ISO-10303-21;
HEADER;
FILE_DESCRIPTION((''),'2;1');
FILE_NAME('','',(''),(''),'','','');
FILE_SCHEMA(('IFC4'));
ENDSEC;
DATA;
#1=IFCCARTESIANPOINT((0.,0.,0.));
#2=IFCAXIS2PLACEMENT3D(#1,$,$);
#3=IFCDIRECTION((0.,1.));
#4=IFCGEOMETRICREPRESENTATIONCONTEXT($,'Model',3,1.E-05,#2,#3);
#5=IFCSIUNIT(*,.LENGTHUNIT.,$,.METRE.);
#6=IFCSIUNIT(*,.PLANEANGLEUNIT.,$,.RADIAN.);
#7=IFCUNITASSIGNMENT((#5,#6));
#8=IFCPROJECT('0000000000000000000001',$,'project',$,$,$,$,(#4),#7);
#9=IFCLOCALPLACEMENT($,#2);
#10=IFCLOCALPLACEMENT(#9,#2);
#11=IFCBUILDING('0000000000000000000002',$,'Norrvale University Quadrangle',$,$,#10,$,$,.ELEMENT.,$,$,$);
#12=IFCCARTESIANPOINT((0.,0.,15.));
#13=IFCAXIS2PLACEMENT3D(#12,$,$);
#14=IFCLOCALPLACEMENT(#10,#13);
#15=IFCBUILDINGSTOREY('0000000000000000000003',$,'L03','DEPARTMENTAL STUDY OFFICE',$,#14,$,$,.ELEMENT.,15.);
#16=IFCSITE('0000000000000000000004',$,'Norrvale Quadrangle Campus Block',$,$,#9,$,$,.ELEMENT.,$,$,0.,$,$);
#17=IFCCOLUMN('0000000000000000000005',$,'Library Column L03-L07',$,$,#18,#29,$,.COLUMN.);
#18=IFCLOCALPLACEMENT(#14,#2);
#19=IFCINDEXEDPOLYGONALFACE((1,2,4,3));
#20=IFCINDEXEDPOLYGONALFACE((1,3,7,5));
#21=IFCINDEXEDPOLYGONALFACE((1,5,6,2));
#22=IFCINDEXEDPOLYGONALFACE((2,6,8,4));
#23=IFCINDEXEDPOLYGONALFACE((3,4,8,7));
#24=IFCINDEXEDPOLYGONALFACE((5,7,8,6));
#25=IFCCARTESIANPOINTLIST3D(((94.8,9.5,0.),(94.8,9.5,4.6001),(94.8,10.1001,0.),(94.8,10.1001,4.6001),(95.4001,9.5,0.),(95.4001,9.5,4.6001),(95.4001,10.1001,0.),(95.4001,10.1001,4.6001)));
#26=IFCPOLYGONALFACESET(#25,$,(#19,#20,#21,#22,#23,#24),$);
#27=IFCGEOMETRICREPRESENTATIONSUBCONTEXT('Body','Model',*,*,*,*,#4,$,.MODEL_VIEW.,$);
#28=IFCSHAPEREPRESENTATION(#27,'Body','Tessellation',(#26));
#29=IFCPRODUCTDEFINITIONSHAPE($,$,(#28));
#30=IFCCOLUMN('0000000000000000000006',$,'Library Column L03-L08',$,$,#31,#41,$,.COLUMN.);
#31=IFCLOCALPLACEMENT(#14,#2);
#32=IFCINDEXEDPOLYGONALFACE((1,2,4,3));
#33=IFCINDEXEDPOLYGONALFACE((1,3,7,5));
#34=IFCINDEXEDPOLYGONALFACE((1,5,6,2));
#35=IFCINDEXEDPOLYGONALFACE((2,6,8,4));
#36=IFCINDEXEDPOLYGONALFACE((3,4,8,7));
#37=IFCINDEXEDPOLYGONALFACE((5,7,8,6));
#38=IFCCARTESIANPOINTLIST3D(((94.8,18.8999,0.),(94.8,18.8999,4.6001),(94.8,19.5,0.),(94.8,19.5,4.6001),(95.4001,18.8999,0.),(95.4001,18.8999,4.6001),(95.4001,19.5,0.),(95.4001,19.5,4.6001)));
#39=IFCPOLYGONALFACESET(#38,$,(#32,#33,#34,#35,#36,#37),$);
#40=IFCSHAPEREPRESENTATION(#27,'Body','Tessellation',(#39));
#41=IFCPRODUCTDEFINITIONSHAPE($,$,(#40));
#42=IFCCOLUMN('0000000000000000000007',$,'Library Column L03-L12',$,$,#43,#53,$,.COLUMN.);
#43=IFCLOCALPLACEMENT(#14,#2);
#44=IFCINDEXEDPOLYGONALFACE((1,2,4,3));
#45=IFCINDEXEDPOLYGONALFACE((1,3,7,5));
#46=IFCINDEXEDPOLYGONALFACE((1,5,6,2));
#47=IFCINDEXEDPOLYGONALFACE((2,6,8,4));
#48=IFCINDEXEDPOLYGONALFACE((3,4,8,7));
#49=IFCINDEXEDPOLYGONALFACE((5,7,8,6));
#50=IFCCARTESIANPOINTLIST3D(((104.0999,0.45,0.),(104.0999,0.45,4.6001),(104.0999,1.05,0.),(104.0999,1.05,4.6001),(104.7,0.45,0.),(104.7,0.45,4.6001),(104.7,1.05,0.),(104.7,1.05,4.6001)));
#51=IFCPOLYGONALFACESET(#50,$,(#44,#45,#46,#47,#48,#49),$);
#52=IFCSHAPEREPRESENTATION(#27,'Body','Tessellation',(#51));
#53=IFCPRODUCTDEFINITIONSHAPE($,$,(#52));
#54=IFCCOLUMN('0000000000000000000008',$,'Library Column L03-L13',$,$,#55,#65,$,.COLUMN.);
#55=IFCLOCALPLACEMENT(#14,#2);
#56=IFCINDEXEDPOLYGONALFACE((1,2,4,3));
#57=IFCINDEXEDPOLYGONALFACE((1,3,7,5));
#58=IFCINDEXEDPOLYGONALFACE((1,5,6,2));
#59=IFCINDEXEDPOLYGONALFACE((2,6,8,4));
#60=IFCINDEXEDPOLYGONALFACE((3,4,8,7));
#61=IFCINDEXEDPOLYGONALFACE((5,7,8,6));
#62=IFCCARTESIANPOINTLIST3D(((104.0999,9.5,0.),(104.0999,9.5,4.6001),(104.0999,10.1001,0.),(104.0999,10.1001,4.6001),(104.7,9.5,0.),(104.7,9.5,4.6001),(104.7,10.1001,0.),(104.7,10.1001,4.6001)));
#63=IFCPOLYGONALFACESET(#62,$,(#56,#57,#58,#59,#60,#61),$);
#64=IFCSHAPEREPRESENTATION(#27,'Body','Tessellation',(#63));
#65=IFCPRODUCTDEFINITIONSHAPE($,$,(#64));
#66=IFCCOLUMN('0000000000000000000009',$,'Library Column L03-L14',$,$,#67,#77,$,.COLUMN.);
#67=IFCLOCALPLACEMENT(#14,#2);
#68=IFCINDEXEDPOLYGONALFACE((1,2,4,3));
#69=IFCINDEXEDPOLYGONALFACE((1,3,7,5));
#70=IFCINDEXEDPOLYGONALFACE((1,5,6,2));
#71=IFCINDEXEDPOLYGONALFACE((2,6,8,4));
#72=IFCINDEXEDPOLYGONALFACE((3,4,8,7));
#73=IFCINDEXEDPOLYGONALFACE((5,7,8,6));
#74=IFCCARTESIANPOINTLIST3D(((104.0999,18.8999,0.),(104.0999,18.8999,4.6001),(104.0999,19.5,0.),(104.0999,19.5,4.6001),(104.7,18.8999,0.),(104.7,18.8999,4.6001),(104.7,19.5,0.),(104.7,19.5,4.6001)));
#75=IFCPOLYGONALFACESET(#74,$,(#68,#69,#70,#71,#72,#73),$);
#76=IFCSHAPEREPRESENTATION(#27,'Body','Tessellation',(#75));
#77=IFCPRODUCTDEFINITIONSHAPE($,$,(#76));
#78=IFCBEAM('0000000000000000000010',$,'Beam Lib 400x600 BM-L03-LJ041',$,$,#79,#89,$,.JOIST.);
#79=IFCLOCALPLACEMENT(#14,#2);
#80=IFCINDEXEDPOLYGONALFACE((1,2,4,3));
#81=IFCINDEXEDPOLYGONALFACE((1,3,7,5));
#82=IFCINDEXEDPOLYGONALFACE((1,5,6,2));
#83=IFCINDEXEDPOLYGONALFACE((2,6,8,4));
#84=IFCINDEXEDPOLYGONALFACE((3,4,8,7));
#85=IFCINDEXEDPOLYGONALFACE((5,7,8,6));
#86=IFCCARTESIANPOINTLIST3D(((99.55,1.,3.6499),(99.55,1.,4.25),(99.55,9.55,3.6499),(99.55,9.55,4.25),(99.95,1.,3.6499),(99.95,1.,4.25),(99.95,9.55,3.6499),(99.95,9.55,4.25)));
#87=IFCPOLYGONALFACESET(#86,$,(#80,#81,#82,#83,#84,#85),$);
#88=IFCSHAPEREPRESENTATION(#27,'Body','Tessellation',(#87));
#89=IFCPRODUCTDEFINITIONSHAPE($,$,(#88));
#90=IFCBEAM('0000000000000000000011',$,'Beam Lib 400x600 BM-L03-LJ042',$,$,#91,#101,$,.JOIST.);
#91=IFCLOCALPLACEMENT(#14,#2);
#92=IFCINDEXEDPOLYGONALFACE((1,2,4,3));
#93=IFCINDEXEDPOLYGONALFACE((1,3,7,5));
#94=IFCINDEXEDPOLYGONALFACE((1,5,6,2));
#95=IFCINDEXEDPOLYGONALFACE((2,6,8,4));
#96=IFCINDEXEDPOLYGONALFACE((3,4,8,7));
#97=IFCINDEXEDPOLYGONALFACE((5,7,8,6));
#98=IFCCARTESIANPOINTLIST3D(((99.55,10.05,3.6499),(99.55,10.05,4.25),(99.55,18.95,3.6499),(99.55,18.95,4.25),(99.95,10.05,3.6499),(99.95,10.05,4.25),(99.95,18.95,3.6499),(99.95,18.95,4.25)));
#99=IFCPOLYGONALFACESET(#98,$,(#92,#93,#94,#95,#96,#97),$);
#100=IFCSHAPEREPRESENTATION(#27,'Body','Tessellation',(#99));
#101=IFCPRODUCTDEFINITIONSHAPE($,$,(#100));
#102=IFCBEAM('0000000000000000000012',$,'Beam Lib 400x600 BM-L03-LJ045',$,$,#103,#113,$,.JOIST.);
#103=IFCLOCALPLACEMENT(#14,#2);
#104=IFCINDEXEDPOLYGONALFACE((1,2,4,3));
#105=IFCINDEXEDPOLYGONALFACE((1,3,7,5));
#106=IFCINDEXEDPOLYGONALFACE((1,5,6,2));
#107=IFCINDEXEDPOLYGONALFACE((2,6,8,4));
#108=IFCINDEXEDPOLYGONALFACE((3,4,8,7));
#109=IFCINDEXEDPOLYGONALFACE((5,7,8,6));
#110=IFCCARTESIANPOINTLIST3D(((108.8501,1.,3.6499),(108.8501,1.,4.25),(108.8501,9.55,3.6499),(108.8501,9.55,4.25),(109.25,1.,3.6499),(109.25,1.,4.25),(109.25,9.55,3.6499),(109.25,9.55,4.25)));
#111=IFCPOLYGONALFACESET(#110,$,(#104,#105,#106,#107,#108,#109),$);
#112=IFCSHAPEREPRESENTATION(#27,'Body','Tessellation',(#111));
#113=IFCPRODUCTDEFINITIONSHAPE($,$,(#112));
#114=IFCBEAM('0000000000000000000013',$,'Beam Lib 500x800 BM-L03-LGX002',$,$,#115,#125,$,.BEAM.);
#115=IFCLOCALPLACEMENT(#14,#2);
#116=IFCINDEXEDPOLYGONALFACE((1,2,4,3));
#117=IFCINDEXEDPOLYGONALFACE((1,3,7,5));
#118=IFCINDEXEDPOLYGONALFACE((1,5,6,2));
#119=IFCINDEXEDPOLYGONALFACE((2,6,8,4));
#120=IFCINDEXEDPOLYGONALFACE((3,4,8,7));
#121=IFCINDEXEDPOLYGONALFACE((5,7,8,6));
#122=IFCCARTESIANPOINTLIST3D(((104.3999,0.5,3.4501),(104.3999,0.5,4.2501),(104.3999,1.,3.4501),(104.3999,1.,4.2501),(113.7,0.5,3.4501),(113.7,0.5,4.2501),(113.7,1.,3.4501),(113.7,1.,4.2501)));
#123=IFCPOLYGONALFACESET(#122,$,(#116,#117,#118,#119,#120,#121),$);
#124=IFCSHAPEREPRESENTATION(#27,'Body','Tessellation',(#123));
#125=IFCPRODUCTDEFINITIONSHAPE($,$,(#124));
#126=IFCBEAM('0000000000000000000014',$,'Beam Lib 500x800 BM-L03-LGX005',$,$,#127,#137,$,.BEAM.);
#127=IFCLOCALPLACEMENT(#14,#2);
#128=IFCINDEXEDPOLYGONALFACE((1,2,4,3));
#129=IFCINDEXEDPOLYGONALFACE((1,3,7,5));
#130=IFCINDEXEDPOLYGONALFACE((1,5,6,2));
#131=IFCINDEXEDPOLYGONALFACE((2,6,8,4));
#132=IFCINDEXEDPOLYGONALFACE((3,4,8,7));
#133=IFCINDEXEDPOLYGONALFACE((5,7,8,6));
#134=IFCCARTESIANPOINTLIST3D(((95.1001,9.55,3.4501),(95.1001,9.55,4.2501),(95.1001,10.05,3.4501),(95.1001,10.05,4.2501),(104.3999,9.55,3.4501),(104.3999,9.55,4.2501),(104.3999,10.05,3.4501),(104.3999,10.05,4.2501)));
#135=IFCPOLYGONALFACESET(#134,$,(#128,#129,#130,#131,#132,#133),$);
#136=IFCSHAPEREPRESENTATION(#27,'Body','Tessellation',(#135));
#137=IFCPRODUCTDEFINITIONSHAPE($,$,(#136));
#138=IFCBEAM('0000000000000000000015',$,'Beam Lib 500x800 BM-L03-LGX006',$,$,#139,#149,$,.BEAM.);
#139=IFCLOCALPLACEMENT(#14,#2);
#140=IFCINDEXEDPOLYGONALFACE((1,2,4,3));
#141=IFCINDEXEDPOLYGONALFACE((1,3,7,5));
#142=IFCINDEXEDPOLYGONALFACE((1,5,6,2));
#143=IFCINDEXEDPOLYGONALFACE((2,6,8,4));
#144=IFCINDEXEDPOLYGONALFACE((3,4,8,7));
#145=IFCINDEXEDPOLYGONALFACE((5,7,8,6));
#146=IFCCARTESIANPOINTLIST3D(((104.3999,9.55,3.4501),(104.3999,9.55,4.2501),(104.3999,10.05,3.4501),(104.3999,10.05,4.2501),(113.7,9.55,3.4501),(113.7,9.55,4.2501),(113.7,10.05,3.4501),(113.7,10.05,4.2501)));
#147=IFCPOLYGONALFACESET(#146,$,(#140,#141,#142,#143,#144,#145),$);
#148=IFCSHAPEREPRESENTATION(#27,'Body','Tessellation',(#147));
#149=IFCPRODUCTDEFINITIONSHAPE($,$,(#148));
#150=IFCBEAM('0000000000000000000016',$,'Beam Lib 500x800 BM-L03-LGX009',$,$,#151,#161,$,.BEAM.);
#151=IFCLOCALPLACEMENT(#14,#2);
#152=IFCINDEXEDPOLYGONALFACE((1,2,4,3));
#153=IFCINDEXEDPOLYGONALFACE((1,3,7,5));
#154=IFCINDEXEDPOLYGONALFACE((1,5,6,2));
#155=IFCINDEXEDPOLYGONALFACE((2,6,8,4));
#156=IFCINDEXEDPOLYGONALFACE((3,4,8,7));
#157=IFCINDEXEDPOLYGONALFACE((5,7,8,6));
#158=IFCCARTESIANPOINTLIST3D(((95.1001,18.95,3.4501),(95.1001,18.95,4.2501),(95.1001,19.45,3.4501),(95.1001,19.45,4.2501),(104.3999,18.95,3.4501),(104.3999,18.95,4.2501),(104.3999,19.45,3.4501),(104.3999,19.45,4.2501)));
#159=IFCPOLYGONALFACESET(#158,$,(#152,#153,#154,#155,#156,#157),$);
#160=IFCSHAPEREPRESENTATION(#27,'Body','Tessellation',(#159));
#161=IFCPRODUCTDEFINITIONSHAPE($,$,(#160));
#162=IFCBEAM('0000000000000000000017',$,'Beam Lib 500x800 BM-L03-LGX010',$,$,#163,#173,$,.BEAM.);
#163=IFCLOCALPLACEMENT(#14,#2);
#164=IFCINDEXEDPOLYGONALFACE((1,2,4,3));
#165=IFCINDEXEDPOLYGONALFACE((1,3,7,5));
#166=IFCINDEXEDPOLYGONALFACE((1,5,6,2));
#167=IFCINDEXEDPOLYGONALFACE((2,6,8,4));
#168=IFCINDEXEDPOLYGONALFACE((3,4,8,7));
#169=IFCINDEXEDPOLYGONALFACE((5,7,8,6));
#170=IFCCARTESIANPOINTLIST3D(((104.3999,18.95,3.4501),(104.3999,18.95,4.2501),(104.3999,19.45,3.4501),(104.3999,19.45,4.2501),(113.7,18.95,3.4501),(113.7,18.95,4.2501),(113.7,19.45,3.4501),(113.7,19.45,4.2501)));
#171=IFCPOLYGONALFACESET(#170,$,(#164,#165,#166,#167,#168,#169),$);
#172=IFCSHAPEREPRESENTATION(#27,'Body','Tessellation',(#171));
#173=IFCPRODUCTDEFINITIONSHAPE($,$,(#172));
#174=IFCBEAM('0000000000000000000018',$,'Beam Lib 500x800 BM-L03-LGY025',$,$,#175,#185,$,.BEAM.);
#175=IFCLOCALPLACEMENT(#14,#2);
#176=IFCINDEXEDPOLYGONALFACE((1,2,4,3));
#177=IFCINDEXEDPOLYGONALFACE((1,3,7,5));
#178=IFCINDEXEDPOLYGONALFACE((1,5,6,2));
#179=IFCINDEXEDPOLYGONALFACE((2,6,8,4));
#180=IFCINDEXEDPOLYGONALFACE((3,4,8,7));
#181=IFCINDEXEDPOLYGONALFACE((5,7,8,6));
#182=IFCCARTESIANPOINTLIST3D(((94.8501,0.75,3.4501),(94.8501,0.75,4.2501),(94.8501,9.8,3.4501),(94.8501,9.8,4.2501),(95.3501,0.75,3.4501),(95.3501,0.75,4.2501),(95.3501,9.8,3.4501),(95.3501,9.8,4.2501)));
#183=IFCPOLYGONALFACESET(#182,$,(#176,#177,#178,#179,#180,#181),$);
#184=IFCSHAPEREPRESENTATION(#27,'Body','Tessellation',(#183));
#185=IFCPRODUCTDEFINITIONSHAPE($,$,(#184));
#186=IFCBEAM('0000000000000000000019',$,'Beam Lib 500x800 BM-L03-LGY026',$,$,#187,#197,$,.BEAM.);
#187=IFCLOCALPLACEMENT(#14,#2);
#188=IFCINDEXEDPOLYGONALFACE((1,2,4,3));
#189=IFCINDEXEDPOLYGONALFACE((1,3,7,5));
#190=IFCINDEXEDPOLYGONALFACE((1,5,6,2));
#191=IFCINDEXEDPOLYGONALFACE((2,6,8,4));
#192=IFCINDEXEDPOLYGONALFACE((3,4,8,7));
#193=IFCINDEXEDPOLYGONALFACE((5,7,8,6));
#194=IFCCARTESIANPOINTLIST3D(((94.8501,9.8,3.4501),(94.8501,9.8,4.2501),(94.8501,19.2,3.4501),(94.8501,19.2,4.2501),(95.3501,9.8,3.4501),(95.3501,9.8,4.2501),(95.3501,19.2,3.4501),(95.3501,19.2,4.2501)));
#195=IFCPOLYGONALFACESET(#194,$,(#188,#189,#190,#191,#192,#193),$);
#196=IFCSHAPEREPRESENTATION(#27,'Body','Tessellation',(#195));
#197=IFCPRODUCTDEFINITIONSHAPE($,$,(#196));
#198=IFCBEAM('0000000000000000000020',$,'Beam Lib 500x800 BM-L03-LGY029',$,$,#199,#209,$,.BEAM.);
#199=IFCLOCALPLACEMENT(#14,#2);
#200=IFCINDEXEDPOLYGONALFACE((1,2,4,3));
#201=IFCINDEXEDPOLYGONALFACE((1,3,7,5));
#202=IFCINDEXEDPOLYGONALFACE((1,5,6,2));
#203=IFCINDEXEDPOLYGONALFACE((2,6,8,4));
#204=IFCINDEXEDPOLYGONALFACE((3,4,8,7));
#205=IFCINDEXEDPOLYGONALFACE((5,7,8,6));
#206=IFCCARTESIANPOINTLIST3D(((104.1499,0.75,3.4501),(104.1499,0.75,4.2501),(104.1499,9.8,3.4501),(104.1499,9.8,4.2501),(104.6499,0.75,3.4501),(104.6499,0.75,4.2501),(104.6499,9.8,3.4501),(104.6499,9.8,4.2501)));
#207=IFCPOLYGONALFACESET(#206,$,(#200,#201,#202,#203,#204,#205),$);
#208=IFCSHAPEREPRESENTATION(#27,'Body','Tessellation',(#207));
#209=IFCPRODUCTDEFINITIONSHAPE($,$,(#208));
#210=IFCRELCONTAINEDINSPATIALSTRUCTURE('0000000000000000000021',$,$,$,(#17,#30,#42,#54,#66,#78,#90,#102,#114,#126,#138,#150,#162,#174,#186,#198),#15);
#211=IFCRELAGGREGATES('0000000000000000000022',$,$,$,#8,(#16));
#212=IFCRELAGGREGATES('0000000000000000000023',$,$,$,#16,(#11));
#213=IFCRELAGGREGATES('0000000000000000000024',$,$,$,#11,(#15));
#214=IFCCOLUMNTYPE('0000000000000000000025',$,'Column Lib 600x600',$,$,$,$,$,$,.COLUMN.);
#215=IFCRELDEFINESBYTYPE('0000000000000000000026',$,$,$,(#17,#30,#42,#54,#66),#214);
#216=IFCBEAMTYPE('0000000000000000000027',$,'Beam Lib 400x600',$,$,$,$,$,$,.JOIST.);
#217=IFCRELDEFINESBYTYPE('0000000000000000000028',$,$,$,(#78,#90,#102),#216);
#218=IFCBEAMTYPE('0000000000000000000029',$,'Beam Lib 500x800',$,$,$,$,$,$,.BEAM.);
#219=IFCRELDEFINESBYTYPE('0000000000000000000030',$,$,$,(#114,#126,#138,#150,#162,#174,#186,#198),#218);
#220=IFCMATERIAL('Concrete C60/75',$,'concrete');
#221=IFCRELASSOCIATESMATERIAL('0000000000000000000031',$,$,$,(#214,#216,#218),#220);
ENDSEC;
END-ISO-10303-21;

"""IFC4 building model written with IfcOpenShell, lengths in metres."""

from ifc_helpers import new_model, si_unit, direction, frame, origin, origin_2d, place, context, subcontext, project, spatial, rectangle, extrude, material, material_profile, profile_set, type_object, element, save


model = new_model("IFC4")

# Units and contexts
model_context = context("Model", 3, precision=1e-05, world=origin(), true_north=direction((0.0, 1.0)))
body_context = subcontext(model_context, "Body", "Model", "MODEL_VIEW")
ifc_project = project(units=[si_unit("LENGTHUNIT", "METRE"), si_unit("PLANEANGLEUNIT", "RADIAN")], contexts=[model_context])

# Site, building, storey
site_placement = place(None, origin())
site = spatial("IfcSite", under=ifc_project, at=site_placement, Name="Norrvale Quadrangle Campus Block", CompositionType="ELEMENT", RefElevation=0.0)
building_placement = place(site_placement, origin())
building = spatial("IfcBuilding", under=site, at=building_placement, Name="Norrvale University Quadrangle", CompositionType="ELEMENT")
storey_placement = place(building_placement, frame((0.0, 0.0, 15.0)))
storey = spatial("IfcBuildingStorey", under=building, at=storey_placement, Name="L03", Description="DEPARTMENTAL STUDY OFFICE", CompositionType="ELEMENT", Elevation=15.0)

# Columns
ifc_material = material(Name="Concrete C60/75", Category="concrete")
ifc_material_profile_1 = material_profile(ifc_material, rectangle(XDim=0.6001, YDim=0.6001, at=origin_2d()), Name="Concrete C60/75")
ifc_profile_set_1 = profile_set([ifc_material_profile_1], Name="Concrete C60/75")
column_type = type_object("IfcColumnType", Name="Column Lib 600x600", PredefinedType="COLUMN", material=ifc_profile_set_1)
for number, where, z_axis, x_axis, name in (
    (1, (95.1001, 9.8, 0.0), (0.0, 0.0, 1.0), (1.0, 0.0, 0.0), "Library Column L03-L07"),
    (2, (95.1001, 19.2, 0.0), (0.0, 0.0, 1.0), (1.0, 0.0, 0.0), "Library Column L03-L08"),
    (3, (104.3999, 0.75, 0.0), (0.0, 0.0, 1.0), (1.0, 0.0, 0.0), "Library Column L03-L12"),
    (4, (104.3999, 9.8, 0.0), (0.0, 0.0, 1.0), (1.0, 0.0, 0.0), "Library Column L03-L13"),
    (5, (104.3999, 19.2, 0.0), (0.0, 0.0, 1.0), (1.0, 0.0, 0.0), "Library Column L03-L14"),
):
    element("IfcColumn", number, at=place(storey_placement, frame(where, z_axis=z_axis, x_axis=x_axis)), inside=storey, type_object=column_type, Name=name, PredefinedType="COLUMN", context=body_context, shape_type="SweptSolid", body=[
        extrude(rectangle(XDim=0.6001, YDim=0.6001, at=origin_2d()), origin(), (0.0, 0.0, 1.0), 4.6001),
    ])

# Beams
ifc_material_profile_2 = material_profile(ifc_material, rectangle(XDim=0.3999, YDim=0.6001, at=origin_2d()), Name="Concrete C60/75")
ifc_profile_set_2 = profile_set([ifc_material_profile_2], Name="Concrete C60/75")
beam_type_1 = type_object("IfcBeamType", Name="Beam Lib 400x600", PredefinedType="JOIST", material=ifc_profile_set_2)
beam_1_placement = place(storey_placement, frame((99.75, 1.0, 3.95), z_axis=(0.0, 1.0, 0.0), x_axis=(-1.0, 0.0, 0.0)))
element("IfcBeam", 6, at=beam_1_placement, inside=storey, type_object=beam_type_1, Name="Beam Lib 400x600 BM-L03-LJ041", PredefinedType="JOIST", context=body_context, shape_type="SweptSolid", body=[
    extrude(rectangle(XDim=0.3999, YDim=0.6001, at=origin_2d()), origin(), (0.0, 0.0, 1.0), 8.55),
])
beam_2_placement = place(storey_placement, frame((99.75, 10.05, 3.95), z_axis=(0.0, 1.0, 0.0), x_axis=(-1.0, 0.0, 0.0)))
element("IfcBeam", 7, at=beam_2_placement, inside=storey, type_object=beam_type_1, Name="Beam Lib 400x600 BM-L03-LJ042", PredefinedType="JOIST", context=body_context, shape_type="SweptSolid", body=[
    extrude(rectangle(XDim=0.3999, YDim=0.6001, at=origin_2d()), origin(), (0.0, 0.0, 1.0), 8.8999),
])
beam_3_placement = place(storey_placement, frame((109.05, 1.0, 3.95), z_axis=(0.0, 1.0, 0.0), x_axis=(-1.0, 0.0, 0.0)))
element("IfcBeam", 8, at=beam_3_placement, inside=storey, type_object=beam_type_1, Name="Beam Lib 400x600 BM-L03-LJ045", PredefinedType="JOIST", context=body_context, shape_type="SweptSolid", body=[
    extrude(rectangle(XDim=0.3999, YDim=0.6001, at=origin_2d()), origin(), (0.0, 0.0, 1.0), 8.55),
])
ifc_material_profile_3 = material_profile(ifc_material, rectangle(XDim=0.5, YDim=0.8, at=origin_2d()), Name="Concrete C60/75")
ifc_profile_set_3 = profile_set([ifc_material_profile_3], Name="Concrete C60/75")
beam_type_2 = type_object("IfcBeamType", Name="Beam Lib 500x800", PredefinedType="BEAM", material=ifc_profile_set_3)
beam_4_placement = place(storey_placement, frame((104.3999, 0.75, 3.8501), z_axis=(1.0, 0.0, 0.0), x_axis=(0.0, 1.0, 0.0)))
element("IfcBeam", 9, at=beam_4_placement, inside=storey, type_object=beam_type_2, Name="Beam Lib 500x800 BM-L03-LGX002", PredefinedType="BEAM", context=body_context, shape_type="SweptSolid", body=[
    extrude(rectangle(XDim=0.5, YDim=0.8, at=origin_2d()), origin(), (0.0, 0.0, 1.0), 9.3),
])
beam_5_placement = place(storey_placement, frame((95.1001, 9.8, 3.8501), z_axis=(1.0, 0.0, 0.0), x_axis=(0.0, 1.0, 0.0)))
element("IfcBeam", 10, at=beam_5_placement, inside=storey, type_object=beam_type_2, Name="Beam Lib 500x800 BM-L03-LGX005", PredefinedType="BEAM", context=body_context, shape_type="SweptSolid", body=[
    extrude(rectangle(XDim=0.5, YDim=0.8, at=origin_2d()), origin(), (0.0, 0.0, 1.0), 9.2998),
])
beam_6_placement = place(storey_placement, frame((104.3999, 9.8, 3.8501), z_axis=(1.0, 0.0, 0.0), x_axis=(0.0, 1.0, 0.0)))
element("IfcBeam", 11, at=beam_6_placement, inside=storey, type_object=beam_type_2, Name="Beam Lib 500x800 BM-L03-LGX006", PredefinedType="BEAM", context=body_context, shape_type="SweptSolid", body=[
    extrude(rectangle(XDim=0.5, YDim=0.8, at=origin_2d()), origin(), (0.0, 0.0, 1.0), 9.3),
])
beam_7_placement = place(storey_placement, frame((95.1001, 19.2, 3.8501), z_axis=(1.0, 0.0, 0.0), x_axis=(0.0, 1.0, 0.0)))
element("IfcBeam", 12, at=beam_7_placement, inside=storey, type_object=beam_type_2, Name="Beam Lib 500x800 BM-L03-LGX009", PredefinedType="BEAM", context=body_context, shape_type="SweptSolid", body=[
    extrude(rectangle(XDim=0.5, YDim=0.8, at=origin_2d()), origin(), (0.0, 0.0, 1.0), 9.2998),
])
beam_8_placement = place(storey_placement, frame((104.3999, 19.2, 3.8501), z_axis=(1.0, 0.0, 0.0), x_axis=(0.0, 1.0, 0.0)))
element("IfcBeam", 13, at=beam_8_placement, inside=storey, type_object=beam_type_2, Name="Beam Lib 500x800 BM-L03-LGX010", PredefinedType="BEAM", context=body_context, shape_type="SweptSolid", body=[
    extrude(rectangle(XDim=0.5, YDim=0.8, at=origin_2d()), origin(), (0.0, 0.0, 1.0), 9.3),
])
beam_9_placement = place(storey_placement, frame((95.1001, 0.75, 3.8501), z_axis=(0.0, 1.0, 0.0), x_axis=(-1.0, 0.0, 0.0)))
element("IfcBeam", 14, at=beam_9_placement, inside=storey, type_object=beam_type_2, Name="Beam Lib 500x800 BM-L03-LGY025", PredefinedType="BEAM", context=body_context, shape_type="SweptSolid", body=[
    extrude(rectangle(XDim=0.5, YDim=0.8, at=origin_2d()), origin(), (0.0, 0.0, 1.0), 9.05),
])
beam_10_placement = place(storey_placement, frame((95.1001, 9.8, 3.8501), z_axis=(0.0, 1.0, 0.0), x_axis=(-1.0, 0.0, 0.0)))
element("IfcBeam", 15, at=beam_10_placement, inside=storey, type_object=beam_type_2, Name="Beam Lib 500x800 BM-L03-LGY026", PredefinedType="BEAM", context=body_context, shape_type="SweptSolid", body=[
    extrude(rectangle(XDim=0.5, YDim=0.8, at=origin_2d()), origin(), (0.0, 0.0, 1.0), 9.3999),
])
beam_11_placement = place(storey_placement, frame((104.3999, 0.75, 3.8501), z_axis=(0.0, 1.0, 0.0), x_axis=(-1.0, 0.0, 0.0)))
element("IfcBeam", 16, at=beam_11_placement, inside=storey, type_object=beam_type_2, Name="Beam Lib 500x800 BM-L03-LGY029", PredefinedType="BEAM", context=body_context, shape_type="SweptSolid", body=[
    extrude(rectangle(XDim=0.5, YDim=0.8, at=origin_2d()), origin(), (0.0, 0.0, 1.0), 9.05),
])

save(model, "model.ifc")
